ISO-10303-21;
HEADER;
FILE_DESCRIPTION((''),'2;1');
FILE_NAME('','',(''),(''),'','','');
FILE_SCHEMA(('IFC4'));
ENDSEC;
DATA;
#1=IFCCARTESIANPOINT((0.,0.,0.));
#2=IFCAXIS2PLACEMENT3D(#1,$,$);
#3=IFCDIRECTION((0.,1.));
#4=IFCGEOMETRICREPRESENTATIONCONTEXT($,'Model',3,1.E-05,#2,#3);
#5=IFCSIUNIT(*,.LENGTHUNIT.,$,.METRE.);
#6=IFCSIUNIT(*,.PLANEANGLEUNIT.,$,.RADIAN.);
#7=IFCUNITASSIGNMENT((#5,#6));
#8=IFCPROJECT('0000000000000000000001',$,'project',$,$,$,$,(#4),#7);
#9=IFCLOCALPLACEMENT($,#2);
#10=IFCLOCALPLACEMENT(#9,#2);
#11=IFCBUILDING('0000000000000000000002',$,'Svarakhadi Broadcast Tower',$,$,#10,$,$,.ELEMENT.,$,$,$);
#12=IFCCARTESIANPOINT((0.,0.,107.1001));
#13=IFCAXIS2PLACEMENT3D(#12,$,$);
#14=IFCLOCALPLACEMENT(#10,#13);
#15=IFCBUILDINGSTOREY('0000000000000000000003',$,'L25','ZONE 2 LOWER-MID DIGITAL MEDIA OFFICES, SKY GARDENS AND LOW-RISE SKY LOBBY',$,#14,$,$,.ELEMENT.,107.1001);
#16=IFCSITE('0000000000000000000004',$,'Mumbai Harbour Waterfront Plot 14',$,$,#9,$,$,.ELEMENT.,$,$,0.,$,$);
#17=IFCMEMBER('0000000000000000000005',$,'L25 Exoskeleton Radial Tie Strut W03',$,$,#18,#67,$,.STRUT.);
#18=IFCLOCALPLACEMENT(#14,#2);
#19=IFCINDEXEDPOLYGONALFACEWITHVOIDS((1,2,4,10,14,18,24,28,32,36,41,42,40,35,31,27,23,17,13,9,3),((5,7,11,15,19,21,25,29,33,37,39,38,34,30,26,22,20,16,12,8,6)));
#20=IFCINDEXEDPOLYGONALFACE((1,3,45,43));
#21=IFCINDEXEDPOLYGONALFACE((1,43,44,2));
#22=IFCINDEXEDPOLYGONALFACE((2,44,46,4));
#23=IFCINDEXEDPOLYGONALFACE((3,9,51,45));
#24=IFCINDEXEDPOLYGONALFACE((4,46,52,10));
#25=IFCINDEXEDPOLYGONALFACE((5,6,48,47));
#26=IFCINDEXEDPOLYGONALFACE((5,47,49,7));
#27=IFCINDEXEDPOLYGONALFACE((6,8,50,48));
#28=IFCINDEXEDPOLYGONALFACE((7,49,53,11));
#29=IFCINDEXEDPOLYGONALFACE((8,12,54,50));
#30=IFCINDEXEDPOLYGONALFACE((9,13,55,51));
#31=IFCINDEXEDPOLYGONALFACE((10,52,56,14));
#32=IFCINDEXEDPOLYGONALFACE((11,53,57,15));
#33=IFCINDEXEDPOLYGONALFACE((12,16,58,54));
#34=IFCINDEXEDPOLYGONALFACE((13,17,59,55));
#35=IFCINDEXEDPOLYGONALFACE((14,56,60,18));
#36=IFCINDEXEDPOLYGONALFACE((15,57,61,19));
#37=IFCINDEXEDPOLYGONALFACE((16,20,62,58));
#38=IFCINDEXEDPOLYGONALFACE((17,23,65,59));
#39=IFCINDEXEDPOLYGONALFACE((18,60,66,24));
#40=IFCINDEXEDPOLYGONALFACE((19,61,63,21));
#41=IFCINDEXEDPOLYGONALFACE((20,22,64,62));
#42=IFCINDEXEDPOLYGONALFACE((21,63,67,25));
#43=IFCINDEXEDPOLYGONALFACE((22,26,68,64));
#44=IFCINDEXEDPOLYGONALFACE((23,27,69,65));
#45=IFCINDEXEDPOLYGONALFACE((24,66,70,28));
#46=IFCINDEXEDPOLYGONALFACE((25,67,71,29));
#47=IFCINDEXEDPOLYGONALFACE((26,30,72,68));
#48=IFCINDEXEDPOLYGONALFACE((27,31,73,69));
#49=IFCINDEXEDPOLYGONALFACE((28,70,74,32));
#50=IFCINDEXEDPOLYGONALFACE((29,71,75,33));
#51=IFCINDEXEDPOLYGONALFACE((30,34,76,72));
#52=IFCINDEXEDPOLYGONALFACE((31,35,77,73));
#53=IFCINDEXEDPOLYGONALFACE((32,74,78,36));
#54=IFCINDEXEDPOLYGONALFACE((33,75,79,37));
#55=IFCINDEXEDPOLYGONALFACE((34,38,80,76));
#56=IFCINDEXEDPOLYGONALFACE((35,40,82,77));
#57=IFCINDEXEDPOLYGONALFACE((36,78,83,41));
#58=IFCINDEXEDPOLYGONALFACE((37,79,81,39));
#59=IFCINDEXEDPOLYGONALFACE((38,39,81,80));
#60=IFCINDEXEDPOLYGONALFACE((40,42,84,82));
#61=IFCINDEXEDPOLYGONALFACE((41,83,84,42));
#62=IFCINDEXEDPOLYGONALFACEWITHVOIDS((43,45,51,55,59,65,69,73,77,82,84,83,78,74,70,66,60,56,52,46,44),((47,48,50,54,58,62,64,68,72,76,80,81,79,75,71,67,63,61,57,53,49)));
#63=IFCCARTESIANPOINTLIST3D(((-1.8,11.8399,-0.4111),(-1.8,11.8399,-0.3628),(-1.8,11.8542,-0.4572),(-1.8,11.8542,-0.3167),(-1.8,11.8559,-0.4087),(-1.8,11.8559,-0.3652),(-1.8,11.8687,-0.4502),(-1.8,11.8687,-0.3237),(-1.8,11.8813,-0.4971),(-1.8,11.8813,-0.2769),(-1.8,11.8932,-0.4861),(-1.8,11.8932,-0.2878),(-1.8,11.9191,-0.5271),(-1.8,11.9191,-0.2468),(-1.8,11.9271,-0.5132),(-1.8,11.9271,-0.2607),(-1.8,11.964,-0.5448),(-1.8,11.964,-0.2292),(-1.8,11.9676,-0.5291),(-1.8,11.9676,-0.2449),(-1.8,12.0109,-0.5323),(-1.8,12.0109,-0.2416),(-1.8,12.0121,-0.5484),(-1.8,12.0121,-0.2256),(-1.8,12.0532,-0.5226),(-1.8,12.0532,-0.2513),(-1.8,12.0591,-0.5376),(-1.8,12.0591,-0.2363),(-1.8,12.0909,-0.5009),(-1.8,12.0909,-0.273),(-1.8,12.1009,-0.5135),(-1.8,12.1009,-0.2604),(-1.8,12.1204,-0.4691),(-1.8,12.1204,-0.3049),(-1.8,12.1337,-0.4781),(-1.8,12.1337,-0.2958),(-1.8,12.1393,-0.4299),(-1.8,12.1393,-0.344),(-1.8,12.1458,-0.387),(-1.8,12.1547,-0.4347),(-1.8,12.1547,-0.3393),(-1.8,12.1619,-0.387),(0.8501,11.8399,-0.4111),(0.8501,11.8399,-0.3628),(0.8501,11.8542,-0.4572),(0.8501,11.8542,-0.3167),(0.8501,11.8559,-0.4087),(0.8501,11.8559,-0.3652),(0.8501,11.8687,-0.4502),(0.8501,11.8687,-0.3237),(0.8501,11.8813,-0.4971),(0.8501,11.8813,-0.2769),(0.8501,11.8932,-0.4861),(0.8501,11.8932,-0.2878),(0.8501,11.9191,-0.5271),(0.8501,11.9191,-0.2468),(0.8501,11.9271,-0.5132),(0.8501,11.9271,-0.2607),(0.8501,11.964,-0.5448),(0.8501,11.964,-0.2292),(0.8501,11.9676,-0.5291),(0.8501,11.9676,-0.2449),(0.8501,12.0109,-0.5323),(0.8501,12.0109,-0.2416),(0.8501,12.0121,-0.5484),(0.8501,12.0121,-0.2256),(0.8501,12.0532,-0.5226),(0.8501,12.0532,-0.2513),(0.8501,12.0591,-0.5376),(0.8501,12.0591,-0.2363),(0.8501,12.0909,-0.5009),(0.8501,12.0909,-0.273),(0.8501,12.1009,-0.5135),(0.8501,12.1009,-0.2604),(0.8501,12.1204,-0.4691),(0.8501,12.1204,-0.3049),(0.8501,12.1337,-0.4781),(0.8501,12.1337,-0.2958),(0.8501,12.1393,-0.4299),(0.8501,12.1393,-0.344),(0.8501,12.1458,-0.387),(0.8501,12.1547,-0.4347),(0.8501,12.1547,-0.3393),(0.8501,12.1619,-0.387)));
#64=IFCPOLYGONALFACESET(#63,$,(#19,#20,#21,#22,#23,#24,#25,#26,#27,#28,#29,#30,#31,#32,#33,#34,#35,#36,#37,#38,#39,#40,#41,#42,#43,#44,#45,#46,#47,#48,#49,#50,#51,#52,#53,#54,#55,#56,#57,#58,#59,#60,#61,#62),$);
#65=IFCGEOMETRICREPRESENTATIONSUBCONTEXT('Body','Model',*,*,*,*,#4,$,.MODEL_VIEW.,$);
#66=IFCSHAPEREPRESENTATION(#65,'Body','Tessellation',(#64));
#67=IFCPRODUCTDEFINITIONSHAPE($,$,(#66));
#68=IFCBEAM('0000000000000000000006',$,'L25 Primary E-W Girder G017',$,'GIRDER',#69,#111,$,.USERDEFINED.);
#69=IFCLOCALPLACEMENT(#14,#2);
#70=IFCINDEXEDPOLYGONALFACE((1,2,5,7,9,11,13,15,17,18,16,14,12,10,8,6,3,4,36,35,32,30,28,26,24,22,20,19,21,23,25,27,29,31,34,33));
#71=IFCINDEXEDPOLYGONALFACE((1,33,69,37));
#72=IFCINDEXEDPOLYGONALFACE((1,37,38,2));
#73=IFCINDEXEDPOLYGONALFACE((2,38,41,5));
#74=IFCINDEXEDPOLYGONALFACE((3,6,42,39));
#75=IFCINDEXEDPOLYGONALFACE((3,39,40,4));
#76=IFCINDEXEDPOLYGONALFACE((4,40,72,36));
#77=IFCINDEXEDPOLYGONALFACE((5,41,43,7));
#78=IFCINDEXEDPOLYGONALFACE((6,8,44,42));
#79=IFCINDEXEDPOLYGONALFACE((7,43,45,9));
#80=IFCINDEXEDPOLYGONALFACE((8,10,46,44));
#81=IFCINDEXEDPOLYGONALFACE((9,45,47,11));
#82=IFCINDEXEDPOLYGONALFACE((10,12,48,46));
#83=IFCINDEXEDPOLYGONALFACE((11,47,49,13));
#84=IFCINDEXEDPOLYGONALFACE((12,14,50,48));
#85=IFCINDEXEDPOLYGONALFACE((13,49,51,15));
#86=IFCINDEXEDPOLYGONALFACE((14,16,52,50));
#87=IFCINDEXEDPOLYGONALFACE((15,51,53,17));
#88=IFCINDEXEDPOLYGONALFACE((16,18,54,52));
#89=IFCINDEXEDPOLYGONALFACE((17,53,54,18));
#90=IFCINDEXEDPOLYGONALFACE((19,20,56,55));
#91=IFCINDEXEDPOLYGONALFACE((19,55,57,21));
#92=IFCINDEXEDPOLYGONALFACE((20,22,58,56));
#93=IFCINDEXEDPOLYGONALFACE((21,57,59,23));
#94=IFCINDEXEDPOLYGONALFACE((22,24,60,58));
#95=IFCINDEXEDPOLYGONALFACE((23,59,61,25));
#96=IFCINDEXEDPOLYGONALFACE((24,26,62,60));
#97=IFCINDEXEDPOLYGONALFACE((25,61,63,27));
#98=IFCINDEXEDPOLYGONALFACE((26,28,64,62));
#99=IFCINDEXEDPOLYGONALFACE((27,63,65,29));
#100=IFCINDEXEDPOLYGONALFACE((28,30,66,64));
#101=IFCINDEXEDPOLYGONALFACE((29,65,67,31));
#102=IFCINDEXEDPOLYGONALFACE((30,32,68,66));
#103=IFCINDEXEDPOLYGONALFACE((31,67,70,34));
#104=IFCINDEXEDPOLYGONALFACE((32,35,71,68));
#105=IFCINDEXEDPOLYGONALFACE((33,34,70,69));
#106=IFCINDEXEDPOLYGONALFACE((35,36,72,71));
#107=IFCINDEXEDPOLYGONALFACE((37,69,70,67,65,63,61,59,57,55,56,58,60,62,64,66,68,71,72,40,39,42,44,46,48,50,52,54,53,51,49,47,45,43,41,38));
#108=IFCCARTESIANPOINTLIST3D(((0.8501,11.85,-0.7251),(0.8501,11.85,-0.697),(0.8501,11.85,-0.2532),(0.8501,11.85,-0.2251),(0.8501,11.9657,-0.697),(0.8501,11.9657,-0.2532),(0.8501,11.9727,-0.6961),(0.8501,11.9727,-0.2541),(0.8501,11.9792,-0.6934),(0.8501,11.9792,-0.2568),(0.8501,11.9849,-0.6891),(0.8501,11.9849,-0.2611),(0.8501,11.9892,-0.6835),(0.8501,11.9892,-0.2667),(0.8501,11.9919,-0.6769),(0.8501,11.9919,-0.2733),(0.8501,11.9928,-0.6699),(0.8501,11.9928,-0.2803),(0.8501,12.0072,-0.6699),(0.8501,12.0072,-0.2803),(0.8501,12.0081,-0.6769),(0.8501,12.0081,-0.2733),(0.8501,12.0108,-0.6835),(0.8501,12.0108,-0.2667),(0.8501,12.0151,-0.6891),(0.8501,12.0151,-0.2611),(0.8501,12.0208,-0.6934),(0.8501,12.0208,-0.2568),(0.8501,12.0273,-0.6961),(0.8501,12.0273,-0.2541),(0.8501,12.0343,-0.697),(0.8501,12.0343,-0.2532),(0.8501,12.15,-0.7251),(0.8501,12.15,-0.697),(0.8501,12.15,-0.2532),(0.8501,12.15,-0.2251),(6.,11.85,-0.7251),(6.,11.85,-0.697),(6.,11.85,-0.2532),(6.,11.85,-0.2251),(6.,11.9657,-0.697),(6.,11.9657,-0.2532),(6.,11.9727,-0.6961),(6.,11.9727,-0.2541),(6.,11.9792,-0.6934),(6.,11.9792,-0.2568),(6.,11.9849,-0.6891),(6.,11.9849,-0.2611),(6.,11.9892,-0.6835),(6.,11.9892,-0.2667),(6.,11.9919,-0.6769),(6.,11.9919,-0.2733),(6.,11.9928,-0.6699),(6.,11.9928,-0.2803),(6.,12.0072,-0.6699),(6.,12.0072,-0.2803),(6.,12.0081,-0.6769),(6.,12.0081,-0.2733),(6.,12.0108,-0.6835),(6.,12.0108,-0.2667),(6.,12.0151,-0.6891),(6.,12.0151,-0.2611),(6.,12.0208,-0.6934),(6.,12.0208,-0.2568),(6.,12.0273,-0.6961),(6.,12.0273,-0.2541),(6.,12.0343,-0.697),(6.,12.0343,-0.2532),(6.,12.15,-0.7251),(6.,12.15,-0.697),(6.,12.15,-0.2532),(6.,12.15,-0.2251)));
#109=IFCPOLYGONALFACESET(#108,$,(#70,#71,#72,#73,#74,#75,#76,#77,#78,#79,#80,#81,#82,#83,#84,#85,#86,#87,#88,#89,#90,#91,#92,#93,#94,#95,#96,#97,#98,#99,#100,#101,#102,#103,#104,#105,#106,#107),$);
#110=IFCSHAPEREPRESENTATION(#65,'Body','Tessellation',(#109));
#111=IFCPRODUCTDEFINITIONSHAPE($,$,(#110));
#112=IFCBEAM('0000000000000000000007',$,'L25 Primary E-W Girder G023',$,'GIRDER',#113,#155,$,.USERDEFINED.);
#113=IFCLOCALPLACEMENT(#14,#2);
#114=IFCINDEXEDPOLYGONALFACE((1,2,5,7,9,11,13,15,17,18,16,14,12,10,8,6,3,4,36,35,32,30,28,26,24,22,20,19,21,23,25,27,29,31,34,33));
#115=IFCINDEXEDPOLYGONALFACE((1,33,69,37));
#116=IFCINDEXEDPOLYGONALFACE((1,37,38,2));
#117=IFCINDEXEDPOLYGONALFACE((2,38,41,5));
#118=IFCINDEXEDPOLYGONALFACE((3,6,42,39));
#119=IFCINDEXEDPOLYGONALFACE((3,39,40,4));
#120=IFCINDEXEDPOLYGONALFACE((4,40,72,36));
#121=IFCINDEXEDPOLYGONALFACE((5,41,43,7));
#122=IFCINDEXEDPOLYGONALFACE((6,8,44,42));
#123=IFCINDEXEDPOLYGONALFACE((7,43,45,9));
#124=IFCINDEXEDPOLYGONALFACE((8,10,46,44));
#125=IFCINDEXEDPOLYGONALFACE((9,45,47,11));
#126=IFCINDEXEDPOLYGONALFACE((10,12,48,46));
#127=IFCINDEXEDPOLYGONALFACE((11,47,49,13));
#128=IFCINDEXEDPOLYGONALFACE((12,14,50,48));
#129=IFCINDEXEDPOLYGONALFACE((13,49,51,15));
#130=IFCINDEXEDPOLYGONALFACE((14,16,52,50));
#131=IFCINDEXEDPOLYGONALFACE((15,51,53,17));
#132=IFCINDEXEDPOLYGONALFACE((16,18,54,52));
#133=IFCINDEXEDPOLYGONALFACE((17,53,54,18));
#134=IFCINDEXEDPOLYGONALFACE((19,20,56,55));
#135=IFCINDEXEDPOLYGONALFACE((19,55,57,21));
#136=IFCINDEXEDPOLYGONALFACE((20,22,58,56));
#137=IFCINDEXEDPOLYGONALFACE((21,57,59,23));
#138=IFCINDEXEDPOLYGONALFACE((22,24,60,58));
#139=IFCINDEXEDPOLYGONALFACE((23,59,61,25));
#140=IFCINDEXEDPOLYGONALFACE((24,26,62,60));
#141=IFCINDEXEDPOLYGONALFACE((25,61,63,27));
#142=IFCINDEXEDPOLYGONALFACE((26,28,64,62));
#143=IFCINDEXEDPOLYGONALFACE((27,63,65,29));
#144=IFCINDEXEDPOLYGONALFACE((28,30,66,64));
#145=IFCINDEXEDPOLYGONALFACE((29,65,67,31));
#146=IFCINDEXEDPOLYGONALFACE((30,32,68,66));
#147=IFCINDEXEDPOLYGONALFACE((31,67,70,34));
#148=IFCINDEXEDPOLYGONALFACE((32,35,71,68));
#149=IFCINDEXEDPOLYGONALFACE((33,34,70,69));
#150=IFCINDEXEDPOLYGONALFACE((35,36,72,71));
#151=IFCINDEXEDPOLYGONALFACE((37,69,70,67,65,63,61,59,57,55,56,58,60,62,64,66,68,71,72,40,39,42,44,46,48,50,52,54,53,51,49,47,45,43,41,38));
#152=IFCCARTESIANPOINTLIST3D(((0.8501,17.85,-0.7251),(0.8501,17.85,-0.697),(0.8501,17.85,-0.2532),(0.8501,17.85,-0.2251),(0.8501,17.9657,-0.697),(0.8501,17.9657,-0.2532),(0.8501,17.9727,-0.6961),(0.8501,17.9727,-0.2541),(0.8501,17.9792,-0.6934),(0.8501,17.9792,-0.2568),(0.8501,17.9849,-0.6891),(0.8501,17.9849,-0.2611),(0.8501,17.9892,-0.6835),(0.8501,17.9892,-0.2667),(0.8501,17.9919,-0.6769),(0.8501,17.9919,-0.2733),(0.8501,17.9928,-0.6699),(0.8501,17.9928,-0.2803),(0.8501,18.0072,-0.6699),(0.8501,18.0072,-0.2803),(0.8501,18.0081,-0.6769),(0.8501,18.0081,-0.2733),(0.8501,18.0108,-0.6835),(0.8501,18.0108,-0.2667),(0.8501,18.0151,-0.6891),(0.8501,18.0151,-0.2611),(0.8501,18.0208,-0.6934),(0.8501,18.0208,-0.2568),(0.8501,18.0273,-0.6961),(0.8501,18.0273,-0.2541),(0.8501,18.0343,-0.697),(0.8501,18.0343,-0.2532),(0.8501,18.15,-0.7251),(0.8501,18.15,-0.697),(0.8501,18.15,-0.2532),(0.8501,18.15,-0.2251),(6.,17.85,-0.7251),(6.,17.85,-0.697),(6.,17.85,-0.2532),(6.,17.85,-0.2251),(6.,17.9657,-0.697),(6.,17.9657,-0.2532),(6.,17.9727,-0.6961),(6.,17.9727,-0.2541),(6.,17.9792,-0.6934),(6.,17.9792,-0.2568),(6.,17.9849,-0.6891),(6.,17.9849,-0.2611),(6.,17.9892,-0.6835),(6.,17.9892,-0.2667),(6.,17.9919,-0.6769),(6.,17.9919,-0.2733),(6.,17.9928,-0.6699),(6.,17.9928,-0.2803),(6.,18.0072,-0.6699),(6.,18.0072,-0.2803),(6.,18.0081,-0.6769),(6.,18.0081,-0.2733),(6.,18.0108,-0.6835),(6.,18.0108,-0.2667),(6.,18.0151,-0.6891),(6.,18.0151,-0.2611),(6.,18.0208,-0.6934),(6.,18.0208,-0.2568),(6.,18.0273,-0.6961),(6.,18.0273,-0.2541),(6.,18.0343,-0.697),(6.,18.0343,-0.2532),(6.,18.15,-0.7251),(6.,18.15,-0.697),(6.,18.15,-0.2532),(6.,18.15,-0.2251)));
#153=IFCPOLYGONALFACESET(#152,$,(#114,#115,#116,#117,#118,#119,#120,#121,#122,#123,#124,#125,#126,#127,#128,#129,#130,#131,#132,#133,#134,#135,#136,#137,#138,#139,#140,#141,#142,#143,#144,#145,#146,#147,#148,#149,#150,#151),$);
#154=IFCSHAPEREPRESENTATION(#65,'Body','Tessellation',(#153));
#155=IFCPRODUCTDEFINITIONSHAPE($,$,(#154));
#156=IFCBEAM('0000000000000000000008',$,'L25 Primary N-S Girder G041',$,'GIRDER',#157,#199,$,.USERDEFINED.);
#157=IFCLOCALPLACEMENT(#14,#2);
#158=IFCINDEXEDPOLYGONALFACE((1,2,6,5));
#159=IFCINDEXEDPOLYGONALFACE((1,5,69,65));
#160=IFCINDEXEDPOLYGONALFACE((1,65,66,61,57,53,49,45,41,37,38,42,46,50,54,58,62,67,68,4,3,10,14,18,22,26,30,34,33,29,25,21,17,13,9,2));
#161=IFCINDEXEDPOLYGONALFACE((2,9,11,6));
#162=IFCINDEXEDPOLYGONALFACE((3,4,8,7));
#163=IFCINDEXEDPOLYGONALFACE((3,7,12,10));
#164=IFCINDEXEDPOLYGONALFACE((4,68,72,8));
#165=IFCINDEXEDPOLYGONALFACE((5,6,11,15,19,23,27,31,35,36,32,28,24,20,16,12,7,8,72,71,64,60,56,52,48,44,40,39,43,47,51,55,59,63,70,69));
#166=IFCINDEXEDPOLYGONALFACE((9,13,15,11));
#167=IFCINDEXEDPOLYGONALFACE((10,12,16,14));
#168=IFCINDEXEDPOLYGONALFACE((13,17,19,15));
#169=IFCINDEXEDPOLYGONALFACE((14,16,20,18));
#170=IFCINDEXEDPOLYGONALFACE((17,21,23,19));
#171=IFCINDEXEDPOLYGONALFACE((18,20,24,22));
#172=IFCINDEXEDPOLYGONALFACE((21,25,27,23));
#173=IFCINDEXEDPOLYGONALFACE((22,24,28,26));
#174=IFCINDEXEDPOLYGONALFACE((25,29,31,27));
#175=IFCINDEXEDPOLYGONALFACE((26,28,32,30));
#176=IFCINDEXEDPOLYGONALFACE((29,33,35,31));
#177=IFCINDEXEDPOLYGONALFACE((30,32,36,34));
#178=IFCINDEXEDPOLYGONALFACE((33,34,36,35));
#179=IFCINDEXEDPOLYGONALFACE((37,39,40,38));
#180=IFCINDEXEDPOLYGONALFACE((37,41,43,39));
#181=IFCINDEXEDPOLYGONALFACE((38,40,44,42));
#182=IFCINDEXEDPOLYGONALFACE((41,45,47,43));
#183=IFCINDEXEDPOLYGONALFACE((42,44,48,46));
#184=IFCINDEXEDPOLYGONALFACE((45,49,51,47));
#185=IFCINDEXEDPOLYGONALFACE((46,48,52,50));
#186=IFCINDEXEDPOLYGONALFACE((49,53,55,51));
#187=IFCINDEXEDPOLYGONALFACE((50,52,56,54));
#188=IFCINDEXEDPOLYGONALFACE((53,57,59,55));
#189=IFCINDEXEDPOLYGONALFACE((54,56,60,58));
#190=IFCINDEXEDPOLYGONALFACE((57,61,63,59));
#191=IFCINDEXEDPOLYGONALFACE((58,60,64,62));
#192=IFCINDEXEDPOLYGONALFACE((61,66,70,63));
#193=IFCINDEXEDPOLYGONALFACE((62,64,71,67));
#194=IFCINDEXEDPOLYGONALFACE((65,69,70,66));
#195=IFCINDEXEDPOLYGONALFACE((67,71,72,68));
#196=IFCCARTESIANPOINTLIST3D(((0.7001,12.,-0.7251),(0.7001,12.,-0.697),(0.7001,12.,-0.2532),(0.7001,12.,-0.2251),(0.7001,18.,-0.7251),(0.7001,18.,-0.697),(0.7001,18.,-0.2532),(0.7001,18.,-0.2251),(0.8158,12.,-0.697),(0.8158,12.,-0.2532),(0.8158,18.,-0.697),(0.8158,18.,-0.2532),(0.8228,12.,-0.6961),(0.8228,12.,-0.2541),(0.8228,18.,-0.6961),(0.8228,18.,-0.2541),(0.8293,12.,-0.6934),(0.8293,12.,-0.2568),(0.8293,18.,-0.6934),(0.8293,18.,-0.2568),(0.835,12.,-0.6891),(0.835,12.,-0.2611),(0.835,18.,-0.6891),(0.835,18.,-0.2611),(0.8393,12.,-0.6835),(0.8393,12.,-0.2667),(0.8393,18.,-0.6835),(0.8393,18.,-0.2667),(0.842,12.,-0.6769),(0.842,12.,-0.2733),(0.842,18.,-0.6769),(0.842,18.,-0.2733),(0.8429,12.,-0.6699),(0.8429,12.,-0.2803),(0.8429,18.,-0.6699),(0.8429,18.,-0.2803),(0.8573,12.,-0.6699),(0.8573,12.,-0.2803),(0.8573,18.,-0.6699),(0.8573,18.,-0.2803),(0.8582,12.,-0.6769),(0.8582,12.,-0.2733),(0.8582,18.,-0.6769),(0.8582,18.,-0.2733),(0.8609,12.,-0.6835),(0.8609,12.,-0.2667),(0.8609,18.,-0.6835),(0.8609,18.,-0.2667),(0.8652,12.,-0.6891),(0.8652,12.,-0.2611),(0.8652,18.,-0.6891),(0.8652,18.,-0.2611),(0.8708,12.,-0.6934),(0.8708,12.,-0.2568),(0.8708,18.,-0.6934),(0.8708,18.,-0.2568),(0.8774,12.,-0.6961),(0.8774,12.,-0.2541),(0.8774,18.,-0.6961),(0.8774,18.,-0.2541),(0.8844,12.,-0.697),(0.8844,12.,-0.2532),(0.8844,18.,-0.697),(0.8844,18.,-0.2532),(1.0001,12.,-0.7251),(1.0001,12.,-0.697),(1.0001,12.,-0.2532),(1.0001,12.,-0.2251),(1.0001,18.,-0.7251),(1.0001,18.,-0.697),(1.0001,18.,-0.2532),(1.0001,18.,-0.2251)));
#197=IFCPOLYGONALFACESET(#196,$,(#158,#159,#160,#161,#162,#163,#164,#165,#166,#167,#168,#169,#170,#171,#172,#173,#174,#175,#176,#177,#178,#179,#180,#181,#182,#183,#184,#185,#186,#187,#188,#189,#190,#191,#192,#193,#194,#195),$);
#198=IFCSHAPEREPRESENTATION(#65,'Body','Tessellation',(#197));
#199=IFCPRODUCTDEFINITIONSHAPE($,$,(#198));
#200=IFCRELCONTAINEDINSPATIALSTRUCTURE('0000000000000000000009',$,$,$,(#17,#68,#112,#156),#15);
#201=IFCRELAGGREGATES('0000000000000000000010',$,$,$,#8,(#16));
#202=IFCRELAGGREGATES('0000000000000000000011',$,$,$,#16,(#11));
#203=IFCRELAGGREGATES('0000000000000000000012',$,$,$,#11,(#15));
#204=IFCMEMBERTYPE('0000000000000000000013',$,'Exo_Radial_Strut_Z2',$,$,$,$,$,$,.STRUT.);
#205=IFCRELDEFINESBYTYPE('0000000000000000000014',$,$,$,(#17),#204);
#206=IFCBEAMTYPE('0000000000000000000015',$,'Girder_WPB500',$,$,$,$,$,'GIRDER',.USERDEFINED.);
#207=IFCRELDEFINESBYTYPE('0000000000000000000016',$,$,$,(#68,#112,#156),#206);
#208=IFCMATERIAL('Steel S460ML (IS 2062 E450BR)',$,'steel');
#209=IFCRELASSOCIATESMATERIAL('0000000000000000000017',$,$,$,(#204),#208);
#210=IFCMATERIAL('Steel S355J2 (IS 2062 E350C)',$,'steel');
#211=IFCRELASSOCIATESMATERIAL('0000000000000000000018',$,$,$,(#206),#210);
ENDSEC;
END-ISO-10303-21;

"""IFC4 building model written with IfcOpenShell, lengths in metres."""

from ifc_helpers import new_model, si_unit, direction, frame, origin, origin_2d, place, context, subcontext, project, spatial, hollow_circle, i_section, extrude, material, material_profile, profile_set, type_object, element, save


model = new_model("IFC4")

# Units and contexts
model_context = context("Model", 3, precision=1e-05, world=origin(), true_north=direction((0.0, 1.0)))
body_context = subcontext(model_context, "Body", "Model", "MODEL_VIEW")
ifc_project = project(units=[si_unit("LENGTHUNIT", "METRE"), si_unit("PLANEANGLEUNIT", "RADIAN")], contexts=[model_context])

# Site, building, storey
site_placement = place(None, origin())
site = spatial("IfcSite", under=ifc_project, at=site_placement, Name="Mumbai Harbour Waterfront Plot 14", CompositionType="ELEMENT", RefElevation=0.0)
building_placement = place(site_placement, origin())
building = spatial("IfcBuilding", under=site, at=building_placement, Name="Svarakhadi Broadcast Tower", CompositionType="ELEMENT")
storey_placement = place(building_placement, frame((0.0, 0.0, 107.1001)))
storey = spatial("IfcBuildingStorey", under=building, at=storey_placement, Name="L25", Description="ZONE 2 LOWER-MID DIGITAL MEDIA OFFICES, SKY GARDENS AND LOW-RISE SKY LOBBY", CompositionType="ELEMENT", Elevation=107.1001)

# Shared definitions
ifc_material_1 = material(Name="Steel S460ML (IS 2062 E450BR)", Category="steel")

# Shared definitions
ifc_material_2 = material(Name="Steel S355J2 (IS 2062 E350C)", Category="steel")

# Member
ifc_material_profile_1 = material_profile(ifc_material_1, hollow_circle(Radius=0.1619, WallThickness=0.0161, at=origin_2d()), Name="CHS 323.9x16")
ifc_profile_set_1 = profile_set([ifc_material_profile_1], Name="Steel S460ML (IS 2062 E450BR)")
member_type_1 = type_object("IfcMemberType", Name="Exo_Radial_Strut_Z2", PredefinedType="STRUT", material=ifc_profile_set_1)
member_1_placement = place(storey_placement, frame((-1.8, 12.0, -0.387), z_axis=(1.0, 0.0, 0.0), x_axis=(0.0, 1.0, 0.0)))
element("IfcMember", 1, at=member_1_placement, inside=storey, type_object=member_type_1, Name="L25 Exoskeleton Radial Tie Strut W03", PredefinedType="STRUT", context=body_context, shape_type="SweptSolid", body=[
    extrude(hollow_circle(Radius=0.1619, WallThickness=0.0161, at=origin_2d()), origin(), (0.0, 0.0, 1.0), 2.6501),
])

# Beams
ifc_material_profile_2 = material_profile(ifc_material_2, i_section(OverallWidth=0.3, OverallDepth=0.5, WebThickness=0.0144, FlangeThickness=0.0281, FilletRadius=0.0271, at=origin_2d()), Name="WPB 500x300x187")
ifc_profile_set_2 = profile_set([ifc_material_profile_2], Name="Steel S355J2 (IS 2062 E350C)")
beam_type_1 = type_object("IfcBeamType", Name="Girder_WPB500", ElementType="GIRDER", PredefinedType="USERDEFINED", material=ifc_profile_set_2)
for number, where, z_axis, x_axis, name in (
    (2, (0.8501, 12.0, -0.4751), (1.0, 0.0, 0.0), (0.0, 1.0, 0.0), "L25 Primary E-W Girder G017"),
    (3, (0.8501, 18.0, -0.4751), (1.0, 0.0, 0.0), (0.0, 1.0, 0.0), "L25 Primary E-W Girder G023"),
):
    element("IfcBeam", number, at=place(storey_placement, frame(where, z_axis=z_axis, x_axis=x_axis)), inside=storey, type_object=beam_type_1, Name=name, ObjectType="GIRDER", PredefinedType="USERDEFINED", context=body_context, shape_type="SweptSolid", body=[
        extrude(i_section(OverallWidth=0.3, OverallDepth=0.5, WebThickness=0.0144, FlangeThickness=0.0281, FilletRadius=0.0271, at=origin_2d()), origin(), (0.0, 0.0, 1.0), 5.1499),
    ])
for number, where, z_axis, x_axis, name in (
    (4, (0.8501, 12.0, -0.4751), (0.0, 1.0, 0.0), (-1.0, 0.0, 0.0), "L25 Primary N-S Girder G041"),
):
    element("IfcBeam", number, at=place(storey_placement, frame(where, z_axis=z_axis, x_axis=x_axis)), inside=storey, type_object=beam_type_1, Name=name, ObjectType="GIRDER", PredefinedType="USERDEFINED", context=body_context, shape_type="SweptSolid", body=[
        extrude(i_section(OverallWidth=0.3, OverallDepth=0.5, WebThickness=0.0144, FlangeThickness=0.0281, FilletRadius=0.0271, at=origin_2d()), origin(), (0.0, 0.0, 1.0), 6.0),
    ])

save(model, "model.ifc")
